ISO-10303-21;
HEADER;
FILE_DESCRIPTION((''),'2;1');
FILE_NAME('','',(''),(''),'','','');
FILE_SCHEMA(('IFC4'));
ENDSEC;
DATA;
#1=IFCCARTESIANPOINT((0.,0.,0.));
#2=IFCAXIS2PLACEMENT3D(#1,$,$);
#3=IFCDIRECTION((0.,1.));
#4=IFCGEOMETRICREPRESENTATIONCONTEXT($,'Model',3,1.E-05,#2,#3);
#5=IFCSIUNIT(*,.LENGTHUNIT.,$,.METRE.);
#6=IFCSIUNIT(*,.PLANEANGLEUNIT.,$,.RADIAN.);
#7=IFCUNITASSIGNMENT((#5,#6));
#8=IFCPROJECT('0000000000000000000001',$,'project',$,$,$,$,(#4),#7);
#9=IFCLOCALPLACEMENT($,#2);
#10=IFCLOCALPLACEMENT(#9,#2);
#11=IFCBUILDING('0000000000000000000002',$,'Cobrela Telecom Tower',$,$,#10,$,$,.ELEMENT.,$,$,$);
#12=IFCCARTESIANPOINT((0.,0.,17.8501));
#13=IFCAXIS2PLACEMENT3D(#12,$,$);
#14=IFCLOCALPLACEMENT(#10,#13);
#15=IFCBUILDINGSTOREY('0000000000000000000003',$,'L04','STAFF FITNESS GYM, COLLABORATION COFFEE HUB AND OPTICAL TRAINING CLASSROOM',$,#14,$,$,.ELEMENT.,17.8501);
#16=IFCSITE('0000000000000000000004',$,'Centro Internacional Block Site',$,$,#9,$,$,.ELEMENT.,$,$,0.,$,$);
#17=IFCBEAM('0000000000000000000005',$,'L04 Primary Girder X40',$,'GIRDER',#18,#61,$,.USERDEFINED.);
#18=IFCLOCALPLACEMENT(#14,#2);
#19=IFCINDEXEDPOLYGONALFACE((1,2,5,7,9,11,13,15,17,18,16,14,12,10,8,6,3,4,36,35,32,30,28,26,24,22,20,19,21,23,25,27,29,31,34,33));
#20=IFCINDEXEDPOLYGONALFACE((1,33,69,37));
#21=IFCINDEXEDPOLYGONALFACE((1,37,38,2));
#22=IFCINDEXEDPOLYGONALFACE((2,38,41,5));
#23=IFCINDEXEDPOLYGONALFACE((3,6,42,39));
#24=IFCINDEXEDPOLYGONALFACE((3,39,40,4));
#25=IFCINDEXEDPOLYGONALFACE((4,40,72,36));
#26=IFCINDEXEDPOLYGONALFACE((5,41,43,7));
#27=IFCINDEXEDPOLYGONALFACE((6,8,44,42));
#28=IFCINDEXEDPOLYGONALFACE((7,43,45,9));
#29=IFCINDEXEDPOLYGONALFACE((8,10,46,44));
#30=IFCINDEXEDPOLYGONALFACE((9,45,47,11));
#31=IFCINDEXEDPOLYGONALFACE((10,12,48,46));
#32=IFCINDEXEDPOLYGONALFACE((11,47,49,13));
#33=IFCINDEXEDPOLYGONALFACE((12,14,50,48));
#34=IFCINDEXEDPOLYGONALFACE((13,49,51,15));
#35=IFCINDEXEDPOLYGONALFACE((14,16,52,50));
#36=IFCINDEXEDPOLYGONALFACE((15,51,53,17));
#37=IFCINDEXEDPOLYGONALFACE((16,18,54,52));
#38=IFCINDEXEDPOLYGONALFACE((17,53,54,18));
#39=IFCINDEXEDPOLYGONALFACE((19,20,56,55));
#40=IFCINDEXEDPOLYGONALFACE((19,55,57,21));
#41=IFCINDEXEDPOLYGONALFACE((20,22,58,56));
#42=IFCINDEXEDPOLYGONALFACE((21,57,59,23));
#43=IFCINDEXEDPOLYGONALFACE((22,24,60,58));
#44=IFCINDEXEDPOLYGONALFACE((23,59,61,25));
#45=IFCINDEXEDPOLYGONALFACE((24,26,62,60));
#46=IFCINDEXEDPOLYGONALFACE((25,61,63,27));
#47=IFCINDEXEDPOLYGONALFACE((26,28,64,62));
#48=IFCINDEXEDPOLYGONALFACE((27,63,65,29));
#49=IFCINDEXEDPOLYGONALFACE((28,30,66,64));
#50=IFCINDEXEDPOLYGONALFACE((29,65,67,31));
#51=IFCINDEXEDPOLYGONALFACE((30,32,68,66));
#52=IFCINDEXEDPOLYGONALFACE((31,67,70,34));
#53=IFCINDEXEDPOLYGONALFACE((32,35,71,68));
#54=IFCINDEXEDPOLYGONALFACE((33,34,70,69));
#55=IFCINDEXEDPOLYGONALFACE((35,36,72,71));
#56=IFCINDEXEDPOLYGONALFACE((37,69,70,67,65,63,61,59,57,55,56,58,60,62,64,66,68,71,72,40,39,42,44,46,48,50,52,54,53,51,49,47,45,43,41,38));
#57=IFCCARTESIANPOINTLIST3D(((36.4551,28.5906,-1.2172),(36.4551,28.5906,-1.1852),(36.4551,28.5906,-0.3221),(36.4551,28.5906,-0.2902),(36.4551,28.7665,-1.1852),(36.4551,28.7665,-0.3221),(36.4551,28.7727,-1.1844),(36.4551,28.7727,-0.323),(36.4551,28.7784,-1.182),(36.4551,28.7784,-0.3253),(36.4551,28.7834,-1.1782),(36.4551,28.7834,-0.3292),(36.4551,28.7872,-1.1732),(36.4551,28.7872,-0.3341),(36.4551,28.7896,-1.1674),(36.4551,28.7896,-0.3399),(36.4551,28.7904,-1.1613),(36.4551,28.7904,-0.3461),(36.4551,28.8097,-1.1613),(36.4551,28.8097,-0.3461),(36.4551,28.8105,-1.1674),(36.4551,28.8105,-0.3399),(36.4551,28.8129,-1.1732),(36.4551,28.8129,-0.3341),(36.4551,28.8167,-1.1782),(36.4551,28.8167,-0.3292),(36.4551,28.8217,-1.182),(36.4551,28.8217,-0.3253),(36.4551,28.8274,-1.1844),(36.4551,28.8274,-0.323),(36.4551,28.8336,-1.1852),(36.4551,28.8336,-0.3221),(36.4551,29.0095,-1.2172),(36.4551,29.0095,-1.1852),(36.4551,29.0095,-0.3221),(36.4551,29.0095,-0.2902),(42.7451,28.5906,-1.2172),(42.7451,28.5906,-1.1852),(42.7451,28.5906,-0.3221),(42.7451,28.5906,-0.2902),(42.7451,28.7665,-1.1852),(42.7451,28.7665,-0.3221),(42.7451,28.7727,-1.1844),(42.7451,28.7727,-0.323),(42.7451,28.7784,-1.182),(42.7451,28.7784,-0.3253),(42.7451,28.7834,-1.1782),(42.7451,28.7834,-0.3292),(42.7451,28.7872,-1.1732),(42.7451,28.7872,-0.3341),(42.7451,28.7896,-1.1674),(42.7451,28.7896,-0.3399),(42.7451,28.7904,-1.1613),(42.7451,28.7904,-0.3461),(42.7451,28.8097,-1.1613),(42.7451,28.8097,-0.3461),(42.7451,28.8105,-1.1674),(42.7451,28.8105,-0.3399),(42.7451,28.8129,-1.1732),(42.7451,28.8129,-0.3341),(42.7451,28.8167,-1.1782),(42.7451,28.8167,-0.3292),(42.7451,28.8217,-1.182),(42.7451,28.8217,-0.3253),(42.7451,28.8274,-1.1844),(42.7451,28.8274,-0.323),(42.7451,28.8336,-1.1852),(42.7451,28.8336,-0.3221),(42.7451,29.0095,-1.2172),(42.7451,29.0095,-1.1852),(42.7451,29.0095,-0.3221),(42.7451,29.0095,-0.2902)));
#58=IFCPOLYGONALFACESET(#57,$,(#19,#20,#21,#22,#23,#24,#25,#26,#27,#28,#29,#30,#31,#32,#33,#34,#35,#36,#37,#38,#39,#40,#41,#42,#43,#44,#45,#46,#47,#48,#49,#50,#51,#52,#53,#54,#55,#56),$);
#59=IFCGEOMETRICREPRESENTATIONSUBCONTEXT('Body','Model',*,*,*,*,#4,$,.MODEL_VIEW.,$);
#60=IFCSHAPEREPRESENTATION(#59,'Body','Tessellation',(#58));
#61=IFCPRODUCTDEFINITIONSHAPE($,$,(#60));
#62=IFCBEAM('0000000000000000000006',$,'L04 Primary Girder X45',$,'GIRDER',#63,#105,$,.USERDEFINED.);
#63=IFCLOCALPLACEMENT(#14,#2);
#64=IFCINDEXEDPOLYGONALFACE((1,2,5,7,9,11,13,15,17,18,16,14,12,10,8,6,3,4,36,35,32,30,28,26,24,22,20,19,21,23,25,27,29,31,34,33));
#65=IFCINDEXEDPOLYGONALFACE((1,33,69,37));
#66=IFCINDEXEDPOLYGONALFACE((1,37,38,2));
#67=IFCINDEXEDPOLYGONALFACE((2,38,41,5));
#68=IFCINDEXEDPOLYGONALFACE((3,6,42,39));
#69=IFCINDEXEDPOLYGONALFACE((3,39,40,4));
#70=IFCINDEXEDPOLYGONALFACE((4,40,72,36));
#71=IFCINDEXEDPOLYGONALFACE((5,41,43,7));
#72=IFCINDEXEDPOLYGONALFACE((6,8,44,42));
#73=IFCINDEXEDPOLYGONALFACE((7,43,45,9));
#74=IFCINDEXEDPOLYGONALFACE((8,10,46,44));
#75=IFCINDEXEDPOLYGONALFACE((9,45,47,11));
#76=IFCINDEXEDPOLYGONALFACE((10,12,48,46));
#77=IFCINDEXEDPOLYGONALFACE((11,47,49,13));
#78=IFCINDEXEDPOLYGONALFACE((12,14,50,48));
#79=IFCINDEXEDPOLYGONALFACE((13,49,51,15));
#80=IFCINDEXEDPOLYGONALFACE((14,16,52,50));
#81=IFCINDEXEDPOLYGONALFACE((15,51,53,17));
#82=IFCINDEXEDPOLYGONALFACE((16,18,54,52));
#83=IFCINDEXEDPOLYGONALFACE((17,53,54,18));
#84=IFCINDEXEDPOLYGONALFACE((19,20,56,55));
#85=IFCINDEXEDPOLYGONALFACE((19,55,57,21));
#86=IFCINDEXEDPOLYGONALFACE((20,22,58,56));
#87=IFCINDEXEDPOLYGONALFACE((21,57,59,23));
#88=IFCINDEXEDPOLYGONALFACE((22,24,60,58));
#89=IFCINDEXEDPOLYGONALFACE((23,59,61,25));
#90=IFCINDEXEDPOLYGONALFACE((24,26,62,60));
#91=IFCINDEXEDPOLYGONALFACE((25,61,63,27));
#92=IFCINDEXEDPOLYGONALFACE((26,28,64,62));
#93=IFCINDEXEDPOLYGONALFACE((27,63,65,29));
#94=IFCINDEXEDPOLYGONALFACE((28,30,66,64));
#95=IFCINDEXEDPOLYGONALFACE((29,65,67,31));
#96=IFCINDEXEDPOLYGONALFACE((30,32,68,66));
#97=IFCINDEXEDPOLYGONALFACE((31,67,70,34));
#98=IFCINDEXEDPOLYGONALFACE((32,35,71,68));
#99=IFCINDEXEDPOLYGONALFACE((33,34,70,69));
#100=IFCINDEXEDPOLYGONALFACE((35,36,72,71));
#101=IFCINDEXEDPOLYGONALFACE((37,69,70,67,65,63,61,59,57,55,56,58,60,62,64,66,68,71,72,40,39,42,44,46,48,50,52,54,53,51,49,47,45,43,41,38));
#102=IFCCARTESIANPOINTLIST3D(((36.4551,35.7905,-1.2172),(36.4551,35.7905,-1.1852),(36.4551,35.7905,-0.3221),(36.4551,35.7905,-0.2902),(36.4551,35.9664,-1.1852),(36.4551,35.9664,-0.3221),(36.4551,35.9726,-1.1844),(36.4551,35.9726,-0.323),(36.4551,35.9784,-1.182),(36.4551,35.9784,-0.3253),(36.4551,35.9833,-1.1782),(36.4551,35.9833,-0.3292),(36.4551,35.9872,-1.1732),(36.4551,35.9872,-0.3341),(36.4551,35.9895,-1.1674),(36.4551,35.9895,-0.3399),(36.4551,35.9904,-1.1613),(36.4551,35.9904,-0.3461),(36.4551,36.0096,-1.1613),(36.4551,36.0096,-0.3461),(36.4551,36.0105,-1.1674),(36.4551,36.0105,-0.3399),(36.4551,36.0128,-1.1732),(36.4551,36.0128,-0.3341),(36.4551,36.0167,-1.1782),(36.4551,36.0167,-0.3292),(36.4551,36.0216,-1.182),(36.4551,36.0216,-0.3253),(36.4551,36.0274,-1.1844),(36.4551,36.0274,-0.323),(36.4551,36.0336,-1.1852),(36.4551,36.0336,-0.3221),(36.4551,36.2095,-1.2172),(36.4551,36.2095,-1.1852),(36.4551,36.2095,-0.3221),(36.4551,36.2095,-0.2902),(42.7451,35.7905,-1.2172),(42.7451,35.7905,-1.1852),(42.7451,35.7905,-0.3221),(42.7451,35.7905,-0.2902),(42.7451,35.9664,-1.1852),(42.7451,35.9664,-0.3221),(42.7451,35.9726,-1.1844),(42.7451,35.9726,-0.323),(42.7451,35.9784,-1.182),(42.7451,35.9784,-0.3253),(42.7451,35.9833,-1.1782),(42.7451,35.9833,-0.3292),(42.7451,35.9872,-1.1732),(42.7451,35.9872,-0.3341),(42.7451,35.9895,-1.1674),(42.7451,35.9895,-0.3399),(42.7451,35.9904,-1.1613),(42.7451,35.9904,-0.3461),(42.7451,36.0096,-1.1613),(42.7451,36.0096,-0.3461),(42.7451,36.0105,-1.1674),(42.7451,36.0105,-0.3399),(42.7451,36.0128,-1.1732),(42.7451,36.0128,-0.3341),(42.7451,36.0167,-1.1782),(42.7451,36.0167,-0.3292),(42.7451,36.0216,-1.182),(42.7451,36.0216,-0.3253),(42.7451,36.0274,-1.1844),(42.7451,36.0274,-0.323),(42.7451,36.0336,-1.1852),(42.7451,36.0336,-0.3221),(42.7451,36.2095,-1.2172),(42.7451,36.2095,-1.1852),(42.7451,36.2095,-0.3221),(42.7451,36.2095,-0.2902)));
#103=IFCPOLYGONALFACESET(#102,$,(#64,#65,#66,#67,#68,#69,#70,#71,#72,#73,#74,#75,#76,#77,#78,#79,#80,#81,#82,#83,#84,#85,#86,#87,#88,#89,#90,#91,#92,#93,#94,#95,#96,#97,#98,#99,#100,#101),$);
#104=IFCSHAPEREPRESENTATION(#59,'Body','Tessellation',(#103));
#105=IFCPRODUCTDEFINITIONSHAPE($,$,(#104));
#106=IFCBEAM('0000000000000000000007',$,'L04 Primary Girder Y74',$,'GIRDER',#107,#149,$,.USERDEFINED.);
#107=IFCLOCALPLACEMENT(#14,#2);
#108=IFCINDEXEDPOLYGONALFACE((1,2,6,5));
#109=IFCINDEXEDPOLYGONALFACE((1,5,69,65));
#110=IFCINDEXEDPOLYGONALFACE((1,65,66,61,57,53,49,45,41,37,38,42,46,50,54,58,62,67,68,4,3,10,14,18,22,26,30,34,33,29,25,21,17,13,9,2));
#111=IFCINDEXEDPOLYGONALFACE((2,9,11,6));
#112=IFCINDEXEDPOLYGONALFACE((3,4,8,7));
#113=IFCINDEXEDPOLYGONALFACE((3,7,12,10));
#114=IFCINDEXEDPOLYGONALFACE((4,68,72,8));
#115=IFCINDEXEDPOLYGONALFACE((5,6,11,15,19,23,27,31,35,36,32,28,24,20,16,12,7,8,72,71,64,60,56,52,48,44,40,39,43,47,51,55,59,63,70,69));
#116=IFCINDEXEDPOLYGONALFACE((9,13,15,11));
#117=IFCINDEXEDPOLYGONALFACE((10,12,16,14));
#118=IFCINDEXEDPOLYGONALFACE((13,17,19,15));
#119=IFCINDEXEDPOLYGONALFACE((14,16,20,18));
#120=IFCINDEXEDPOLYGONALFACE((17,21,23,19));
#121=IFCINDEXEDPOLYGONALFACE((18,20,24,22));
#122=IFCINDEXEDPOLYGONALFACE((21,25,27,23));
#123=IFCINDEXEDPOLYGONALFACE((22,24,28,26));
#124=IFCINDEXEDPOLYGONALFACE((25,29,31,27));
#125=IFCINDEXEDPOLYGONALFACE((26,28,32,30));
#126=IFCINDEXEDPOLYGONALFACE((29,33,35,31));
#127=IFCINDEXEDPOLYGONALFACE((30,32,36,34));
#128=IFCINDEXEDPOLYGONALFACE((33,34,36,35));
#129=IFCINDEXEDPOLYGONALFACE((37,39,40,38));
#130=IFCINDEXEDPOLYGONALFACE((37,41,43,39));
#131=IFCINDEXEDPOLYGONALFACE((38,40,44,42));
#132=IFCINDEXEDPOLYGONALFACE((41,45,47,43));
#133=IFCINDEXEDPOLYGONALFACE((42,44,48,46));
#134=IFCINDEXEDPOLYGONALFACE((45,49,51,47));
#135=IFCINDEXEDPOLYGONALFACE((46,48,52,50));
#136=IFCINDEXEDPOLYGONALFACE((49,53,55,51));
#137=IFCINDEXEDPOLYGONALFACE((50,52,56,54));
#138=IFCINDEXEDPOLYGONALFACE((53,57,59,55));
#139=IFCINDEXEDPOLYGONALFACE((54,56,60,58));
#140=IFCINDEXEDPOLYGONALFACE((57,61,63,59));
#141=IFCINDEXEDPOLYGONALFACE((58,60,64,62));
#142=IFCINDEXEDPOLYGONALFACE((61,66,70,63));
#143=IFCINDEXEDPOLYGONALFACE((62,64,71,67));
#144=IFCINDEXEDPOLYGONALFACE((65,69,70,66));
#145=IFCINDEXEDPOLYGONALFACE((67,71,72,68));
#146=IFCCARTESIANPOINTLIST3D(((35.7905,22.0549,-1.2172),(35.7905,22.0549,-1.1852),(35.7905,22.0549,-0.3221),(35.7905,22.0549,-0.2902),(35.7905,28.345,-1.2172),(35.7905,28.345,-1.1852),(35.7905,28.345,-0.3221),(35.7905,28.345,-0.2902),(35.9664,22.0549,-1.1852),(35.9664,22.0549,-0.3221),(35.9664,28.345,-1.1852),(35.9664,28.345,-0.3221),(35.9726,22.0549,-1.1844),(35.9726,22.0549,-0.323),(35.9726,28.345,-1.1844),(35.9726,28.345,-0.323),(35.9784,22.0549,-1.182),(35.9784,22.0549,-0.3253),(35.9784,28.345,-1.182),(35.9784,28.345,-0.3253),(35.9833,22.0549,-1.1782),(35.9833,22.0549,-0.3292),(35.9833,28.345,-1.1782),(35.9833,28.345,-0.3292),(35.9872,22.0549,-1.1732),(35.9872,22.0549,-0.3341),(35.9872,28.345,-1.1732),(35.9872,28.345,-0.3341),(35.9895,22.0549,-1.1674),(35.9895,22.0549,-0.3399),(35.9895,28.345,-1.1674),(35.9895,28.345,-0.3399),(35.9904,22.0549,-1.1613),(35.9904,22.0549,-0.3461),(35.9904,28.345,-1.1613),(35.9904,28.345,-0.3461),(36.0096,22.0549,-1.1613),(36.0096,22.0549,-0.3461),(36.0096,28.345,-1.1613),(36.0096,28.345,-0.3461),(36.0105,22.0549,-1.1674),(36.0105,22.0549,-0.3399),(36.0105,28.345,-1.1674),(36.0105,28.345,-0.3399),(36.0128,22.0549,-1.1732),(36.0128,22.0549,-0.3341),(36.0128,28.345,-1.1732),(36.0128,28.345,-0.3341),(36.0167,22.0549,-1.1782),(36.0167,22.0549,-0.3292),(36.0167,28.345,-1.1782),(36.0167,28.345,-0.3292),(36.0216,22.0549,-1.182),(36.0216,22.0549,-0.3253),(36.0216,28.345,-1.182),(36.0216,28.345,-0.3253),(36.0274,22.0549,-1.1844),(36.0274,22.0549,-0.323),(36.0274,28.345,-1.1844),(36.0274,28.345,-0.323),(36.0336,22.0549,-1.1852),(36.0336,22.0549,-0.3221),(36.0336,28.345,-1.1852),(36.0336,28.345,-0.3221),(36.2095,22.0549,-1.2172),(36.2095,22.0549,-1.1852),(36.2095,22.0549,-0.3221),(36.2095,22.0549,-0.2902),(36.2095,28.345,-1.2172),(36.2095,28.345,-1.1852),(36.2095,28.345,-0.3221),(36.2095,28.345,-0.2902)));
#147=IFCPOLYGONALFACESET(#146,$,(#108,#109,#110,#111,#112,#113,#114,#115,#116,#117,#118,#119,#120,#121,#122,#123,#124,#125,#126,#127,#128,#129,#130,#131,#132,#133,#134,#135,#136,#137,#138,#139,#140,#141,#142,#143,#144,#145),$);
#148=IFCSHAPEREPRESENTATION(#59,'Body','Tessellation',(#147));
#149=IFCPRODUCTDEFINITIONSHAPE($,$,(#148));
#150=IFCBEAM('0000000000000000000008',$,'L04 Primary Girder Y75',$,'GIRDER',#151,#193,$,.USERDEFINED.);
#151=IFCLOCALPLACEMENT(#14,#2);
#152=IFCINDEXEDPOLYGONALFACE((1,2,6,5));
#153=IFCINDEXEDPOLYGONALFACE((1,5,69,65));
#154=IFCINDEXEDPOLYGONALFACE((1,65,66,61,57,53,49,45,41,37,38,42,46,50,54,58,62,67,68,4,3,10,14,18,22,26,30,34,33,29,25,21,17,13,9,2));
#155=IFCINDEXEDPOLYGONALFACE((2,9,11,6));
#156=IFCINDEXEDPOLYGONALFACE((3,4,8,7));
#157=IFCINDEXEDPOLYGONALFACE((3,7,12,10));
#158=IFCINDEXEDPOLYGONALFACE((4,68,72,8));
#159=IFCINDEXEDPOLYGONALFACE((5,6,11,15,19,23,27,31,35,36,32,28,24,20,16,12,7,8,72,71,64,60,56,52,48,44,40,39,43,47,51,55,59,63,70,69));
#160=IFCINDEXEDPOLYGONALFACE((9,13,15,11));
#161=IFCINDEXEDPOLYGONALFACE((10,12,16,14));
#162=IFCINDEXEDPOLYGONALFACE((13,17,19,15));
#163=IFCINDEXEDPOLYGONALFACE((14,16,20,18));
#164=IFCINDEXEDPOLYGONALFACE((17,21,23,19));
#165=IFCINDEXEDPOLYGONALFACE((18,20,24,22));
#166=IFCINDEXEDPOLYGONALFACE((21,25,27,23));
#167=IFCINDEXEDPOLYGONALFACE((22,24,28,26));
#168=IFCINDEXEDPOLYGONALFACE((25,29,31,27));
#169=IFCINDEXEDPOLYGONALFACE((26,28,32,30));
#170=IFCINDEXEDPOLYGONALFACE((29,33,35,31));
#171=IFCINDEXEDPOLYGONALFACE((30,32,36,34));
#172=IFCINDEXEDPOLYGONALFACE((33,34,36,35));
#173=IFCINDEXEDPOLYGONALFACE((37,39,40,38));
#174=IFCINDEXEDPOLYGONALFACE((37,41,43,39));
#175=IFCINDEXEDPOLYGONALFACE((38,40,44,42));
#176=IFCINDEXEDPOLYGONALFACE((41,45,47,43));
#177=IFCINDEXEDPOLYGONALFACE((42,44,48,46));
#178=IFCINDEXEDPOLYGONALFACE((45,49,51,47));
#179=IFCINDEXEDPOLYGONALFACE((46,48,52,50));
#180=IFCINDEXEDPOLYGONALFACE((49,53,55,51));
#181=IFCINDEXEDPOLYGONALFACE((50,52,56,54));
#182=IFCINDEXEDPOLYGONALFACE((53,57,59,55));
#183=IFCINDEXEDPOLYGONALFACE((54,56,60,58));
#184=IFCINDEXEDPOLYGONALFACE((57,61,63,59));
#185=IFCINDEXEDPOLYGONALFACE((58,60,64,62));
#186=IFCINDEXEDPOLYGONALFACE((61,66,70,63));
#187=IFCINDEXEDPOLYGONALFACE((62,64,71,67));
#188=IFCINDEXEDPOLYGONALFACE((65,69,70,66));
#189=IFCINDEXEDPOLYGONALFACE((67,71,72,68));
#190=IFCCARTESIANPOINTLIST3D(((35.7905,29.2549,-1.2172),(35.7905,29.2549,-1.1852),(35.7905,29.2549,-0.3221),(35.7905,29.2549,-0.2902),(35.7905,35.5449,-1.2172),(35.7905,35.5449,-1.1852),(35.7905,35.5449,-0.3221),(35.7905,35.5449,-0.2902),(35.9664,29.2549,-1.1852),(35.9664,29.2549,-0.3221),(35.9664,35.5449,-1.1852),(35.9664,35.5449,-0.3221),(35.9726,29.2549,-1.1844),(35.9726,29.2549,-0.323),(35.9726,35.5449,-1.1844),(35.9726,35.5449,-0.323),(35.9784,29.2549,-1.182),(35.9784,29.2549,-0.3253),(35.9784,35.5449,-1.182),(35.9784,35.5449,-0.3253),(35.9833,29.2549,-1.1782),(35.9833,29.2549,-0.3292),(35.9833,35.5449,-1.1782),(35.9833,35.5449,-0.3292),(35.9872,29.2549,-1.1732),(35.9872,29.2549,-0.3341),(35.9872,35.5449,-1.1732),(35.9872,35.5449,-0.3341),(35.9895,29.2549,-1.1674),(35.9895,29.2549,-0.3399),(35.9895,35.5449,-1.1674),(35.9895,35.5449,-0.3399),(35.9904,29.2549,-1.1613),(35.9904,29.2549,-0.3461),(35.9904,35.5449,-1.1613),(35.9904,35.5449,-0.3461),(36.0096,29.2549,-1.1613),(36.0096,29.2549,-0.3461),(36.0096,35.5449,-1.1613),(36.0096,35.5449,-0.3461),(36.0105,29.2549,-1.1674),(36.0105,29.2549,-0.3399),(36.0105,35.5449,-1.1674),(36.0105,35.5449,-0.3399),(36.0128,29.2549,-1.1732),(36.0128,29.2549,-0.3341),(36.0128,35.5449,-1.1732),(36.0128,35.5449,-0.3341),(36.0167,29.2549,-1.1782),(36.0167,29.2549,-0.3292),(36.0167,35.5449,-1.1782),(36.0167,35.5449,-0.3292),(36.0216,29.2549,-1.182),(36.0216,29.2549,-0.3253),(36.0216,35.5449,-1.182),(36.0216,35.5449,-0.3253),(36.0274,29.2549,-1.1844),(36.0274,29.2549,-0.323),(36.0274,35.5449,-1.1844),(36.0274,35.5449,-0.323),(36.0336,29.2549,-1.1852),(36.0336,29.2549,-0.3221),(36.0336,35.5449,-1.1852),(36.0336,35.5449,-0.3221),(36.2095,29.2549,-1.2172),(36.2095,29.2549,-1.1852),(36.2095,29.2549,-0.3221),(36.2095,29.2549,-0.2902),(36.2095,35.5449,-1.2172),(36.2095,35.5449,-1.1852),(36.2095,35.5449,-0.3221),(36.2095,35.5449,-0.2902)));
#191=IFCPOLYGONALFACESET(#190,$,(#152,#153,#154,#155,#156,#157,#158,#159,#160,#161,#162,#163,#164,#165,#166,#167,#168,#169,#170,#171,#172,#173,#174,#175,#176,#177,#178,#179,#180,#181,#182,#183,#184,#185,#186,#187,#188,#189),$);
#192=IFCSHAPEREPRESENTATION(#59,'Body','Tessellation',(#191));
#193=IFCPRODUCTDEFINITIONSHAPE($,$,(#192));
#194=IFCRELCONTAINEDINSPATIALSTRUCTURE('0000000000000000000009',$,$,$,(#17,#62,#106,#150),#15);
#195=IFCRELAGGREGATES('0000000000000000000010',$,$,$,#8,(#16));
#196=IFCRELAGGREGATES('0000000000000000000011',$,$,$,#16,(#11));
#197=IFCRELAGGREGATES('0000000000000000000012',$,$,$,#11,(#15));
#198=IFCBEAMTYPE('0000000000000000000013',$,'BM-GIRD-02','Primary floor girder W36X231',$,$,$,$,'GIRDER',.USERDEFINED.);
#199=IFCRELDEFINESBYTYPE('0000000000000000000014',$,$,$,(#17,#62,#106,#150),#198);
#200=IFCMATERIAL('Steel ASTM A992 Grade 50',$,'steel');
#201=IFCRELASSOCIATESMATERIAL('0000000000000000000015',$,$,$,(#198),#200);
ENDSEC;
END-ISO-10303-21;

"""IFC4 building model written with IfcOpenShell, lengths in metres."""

from ifc_helpers import new_model, si_unit, direction, frame, origin, origin_2d, place, context, subcontext, project, spatial, i_section, extrude, material, material_profile, profile_set, type_object, element, save


model = new_model("IFC4")

# Units and contexts
model_context = context("Model", 3, precision=1e-05, world=origin(), true_north=direction((0.0, 1.0)))
body_context = subcontext(model_context, "Body", "Model", "MODEL_VIEW")
ifc_project = project(units=[si_unit("LENGTHUNIT", "METRE"), si_unit("PLANEANGLEUNIT", "RADIAN")], contexts=[model_context])

# Site, building, storey
site_placement = place(None, origin())
site = spatial("IfcSite", under=ifc_project, at=site_placement, Name="Centro Internacional Block Site", CompositionType="ELEMENT", RefElevation=0.0)
building_placement = place(site_placement, origin())
building = spatial("IfcBuilding", under=site, at=building_placement, Name="Cobrela Telecom Tower", CompositionType="ELEMENT")
storey_placement = place(building_placement, frame((0.0, 0.0, 17.8501)))
storey = spatial("IfcBuildingStorey", under=building, at=storey_placement, Name="L04", Description="STAFF FITNESS GYM, COLLABORATION COFFEE HUB AND OPTICAL TRAINING CLASSROOM", CompositionType="ELEMENT", Elevation=17.8501)

# Beams
ifc_material_1 = material(Name="Steel ASTM A992 Grade 50", Category="steel")
ifc_material_profile_1 = material_profile(ifc_material_1, i_section(OverallWidth=0.4189, OverallDepth=0.927, WebThickness=0.0193, FlangeThickness=0.032, FilletRadius=0.0239, at=origin_2d()), Name="W36X231")
ifc_profile_set_1 = profile_set([ifc_material_profile_1], Name="Steel ASTM A992 Grade 50")
beam_type_1 = type_object("IfcBeamType", Name="BM-GIRD-02", Description="Primary floor girder W36X231", ElementType="GIRDER", PredefinedType="USERDEFINED", material=ifc_profile_set_1)
for number, where, z_axis, x_axis, name in (
    (1, (36.4551, 28.8, -0.7537), (1.0, 0.0, 0.0), (0.0, 1.0, 0.0), "L04 Primary Girder X40"),
    (2, (36.4551, 36.0, -0.7537), (1.0, 0.0, 0.0), (0.0, 1.0, 0.0), "L04 Primary Girder X45"),
    (3, (36.0, 22.0549, -0.7537), (0.0, 1.0, 0.0), (-1.0, 0.0, 0.0), "L04 Primary Girder Y74"),
    (4, (36.0, 29.2549, -0.7537), (0.0, 1.0, 0.0), (-1.0, 0.0, 0.0), "L04 Primary Girder Y75"),
):
    element("IfcBeam", number, at=place(storey_placement, frame(where, z_axis=z_axis, x_axis=x_axis)), inside=storey, type_object=beam_type_1, Name=name, ObjectType="GIRDER", PredefinedType="USERDEFINED", context=body_context, shape_type="SweptSolid", body=[
        extrude(i_section(OverallWidth=0.4189, OverallDepth=0.927, WebThickness=0.0193, FlangeThickness=0.032, FilletRadius=0.0239, at=origin_2d()), origin(), (0.0, 0.0, 1.0), 6.29),
    ])

save(model, "model.ifc")
